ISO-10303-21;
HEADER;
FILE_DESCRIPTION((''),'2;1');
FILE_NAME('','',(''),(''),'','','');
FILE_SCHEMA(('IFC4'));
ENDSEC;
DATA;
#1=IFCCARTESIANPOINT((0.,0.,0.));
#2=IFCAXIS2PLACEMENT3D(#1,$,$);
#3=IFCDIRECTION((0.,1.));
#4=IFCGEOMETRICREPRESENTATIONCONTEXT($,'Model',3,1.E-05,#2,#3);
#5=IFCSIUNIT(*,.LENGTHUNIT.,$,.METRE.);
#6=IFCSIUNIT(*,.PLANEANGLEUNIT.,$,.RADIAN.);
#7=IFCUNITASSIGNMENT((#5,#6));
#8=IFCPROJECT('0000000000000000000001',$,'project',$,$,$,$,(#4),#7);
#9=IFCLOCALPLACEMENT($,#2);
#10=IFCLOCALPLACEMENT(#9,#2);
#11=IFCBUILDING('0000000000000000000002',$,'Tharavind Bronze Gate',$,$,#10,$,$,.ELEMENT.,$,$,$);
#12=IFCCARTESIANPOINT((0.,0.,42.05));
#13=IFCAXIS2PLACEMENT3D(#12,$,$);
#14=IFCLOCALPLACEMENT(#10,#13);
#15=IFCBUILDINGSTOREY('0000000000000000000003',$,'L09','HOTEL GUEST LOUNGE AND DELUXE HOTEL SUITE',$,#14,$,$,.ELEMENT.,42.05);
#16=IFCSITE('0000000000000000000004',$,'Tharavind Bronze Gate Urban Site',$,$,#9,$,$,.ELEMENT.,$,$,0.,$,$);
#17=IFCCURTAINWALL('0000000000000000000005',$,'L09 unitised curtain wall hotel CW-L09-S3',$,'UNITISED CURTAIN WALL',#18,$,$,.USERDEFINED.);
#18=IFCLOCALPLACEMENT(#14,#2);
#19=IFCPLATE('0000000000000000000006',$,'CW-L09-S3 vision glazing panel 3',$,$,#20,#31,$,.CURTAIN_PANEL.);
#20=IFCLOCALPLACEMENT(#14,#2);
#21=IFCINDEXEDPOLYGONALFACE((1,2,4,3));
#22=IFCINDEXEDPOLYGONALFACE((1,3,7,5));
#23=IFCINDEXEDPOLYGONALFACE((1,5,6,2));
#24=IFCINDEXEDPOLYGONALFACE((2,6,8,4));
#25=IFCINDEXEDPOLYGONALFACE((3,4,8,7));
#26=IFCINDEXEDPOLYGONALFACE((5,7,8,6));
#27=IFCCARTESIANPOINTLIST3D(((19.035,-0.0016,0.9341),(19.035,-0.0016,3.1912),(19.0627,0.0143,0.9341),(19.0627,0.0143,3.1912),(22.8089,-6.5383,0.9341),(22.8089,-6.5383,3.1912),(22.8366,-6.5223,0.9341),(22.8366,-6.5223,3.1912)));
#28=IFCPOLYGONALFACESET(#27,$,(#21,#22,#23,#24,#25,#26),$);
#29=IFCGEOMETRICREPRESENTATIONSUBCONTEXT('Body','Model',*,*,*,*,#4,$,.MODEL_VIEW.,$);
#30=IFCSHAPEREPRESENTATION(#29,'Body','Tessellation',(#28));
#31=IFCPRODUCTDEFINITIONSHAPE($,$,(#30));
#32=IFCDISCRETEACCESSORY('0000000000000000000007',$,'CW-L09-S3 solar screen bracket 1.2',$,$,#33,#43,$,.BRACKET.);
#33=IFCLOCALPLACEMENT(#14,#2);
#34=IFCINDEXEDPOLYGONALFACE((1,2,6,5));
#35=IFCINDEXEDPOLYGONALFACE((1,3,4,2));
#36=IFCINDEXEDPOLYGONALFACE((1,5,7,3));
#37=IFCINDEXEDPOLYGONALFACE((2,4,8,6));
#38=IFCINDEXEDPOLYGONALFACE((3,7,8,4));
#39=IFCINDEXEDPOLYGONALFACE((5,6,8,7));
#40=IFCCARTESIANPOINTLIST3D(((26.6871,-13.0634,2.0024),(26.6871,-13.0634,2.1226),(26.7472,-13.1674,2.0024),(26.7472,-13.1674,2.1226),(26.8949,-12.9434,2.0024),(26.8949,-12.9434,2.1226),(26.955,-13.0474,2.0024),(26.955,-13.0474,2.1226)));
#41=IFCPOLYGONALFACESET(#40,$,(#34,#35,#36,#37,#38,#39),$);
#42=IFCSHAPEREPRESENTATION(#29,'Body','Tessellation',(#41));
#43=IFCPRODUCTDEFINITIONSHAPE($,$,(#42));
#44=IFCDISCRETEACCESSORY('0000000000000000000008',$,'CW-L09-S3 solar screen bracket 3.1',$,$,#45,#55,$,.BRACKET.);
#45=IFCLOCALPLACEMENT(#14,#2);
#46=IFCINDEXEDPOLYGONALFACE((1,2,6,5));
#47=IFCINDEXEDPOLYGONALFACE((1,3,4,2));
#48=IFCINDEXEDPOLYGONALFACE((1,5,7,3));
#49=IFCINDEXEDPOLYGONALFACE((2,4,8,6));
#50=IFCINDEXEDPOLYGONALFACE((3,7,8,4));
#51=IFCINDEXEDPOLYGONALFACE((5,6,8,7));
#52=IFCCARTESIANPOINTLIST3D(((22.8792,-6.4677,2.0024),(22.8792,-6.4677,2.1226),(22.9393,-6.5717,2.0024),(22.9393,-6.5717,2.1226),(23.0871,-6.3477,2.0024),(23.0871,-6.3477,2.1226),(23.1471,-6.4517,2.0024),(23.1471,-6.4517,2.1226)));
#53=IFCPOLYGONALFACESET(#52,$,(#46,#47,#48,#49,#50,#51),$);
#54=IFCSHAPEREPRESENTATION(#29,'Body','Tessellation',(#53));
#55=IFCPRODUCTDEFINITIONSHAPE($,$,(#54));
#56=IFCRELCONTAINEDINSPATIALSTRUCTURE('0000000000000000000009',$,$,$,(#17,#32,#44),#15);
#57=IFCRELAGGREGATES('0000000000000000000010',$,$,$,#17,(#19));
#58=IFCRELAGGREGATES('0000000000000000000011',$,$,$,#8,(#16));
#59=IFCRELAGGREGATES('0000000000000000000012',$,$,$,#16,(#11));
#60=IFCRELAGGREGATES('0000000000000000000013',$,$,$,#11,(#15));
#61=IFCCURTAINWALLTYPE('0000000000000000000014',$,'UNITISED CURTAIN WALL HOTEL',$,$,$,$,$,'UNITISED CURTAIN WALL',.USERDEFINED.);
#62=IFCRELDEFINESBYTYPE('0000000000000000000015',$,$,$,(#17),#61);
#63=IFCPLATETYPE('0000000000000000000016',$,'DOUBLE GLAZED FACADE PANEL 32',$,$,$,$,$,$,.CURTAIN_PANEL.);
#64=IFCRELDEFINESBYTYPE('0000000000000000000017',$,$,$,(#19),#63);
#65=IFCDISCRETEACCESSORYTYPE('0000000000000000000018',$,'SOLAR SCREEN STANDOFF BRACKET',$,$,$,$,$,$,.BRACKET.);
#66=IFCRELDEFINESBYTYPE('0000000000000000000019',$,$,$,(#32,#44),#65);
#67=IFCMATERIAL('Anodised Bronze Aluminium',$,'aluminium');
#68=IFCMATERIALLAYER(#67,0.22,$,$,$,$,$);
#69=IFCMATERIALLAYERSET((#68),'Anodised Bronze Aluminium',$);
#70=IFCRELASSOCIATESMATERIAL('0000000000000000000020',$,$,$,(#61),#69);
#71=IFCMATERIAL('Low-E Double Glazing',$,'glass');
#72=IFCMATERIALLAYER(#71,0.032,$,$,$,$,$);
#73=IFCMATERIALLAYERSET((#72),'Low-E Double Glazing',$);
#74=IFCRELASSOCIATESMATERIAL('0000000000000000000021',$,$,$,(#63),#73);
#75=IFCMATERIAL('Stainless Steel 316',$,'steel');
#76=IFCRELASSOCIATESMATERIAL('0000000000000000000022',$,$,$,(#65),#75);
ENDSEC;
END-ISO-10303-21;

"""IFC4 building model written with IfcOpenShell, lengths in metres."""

from ifc_helpers import new_model, si_unit, direction, frame, origin, origin_2d, place, context, subcontext, project, spatial, rectangle, extrude, material, layer, layer_set, type_object, element, aggregate, save


model = new_model("IFC4")

# Units and contexts
model_context = context("Model", 3, precision=1e-05, world=origin(), true_north=direction((0.0, 1.0)))
body_context = subcontext(model_context, "Body", "Model", "MODEL_VIEW")
ifc_project = project(units=[si_unit("LENGTHUNIT", "METRE"), si_unit("PLANEANGLEUNIT", "RADIAN")], contexts=[model_context])

# Site, building, storey
site_placement = place(None, origin())
site = spatial("IfcSite", under=ifc_project, at=site_placement, Name="Tharavind Bronze Gate Urban Site", CompositionType="ELEMENT", RefElevation=0.0)
building_placement = place(site_placement, origin())
building = spatial("IfcBuilding", under=site, at=building_placement, Name="Tharavind Bronze Gate", CompositionType="ELEMENT")
storey_placement = place(building_placement, frame((0.0, 0.0, 42.05)))
storey = spatial("IfcBuildingStorey", under=building, at=storey_placement, Name="L09", Description="HOTEL GUEST LOUNGE AND DELUXE HOTEL SUITE", CompositionType="ELEMENT", Elevation=42.05)

# Curtain wall
ifc_material_1 = material(Name="Anodised Bronze Aluminium", Category="aluminium")
ifc_layer_1 = layer(ifc_material_1, 0.22)
ifc_layer_set_1 = layer_set([ifc_layer_1], Name="Anodised Bronze Aluminium")
curtain_wall_type = type_object("IfcCurtainWallType", Name="UNITISED CURTAIN WALL HOTEL", ElementType="UNITISED CURTAIN WALL", PredefinedType="USERDEFINED", material=ifc_layer_set_1)
curtain_wall_placement = place(storey_placement, origin())
curtain_wall = element("IfcCurtainWall", 1, at=curtain_wall_placement, inside=storey, type_object=curtain_wall_type, Name="L09 unitised curtain wall hotel CW-L09-S3", ObjectType="UNITISED CURTAIN WALL", PredefinedType="USERDEFINED")

# Plate
ifc_material_2 = material(Name="Low-E Double Glazing", Category="glass")
ifc_layer_2 = layer(ifc_material_2, 0.032)
ifc_layer_set_2 = layer_set([ifc_layer_2], Name="Low-E Double Glazing")
plate_type_1 = type_object("IfcPlateType", Name="DOUBLE GLAZED FACADE PANEL 32", PredefinedType="CURTAIN_PANEL", material=ifc_layer_set_2)
plate_1_placement = place(storey_placement, frame((20.9358, -3.262, 0.9341), z_axis=(0.0, 0.0, 1.0), x_axis=(-0.500002, 0.866025, 0.0)))
plate_1 = element("IfcPlate", 2, at=plate_1_placement, type_object=plate_type_1, Name="CW-L09-S3 vision glazing panel 3", PredefinedType="CURTAIN_PANEL", context=body_context, shape_type="SweptSolid", body=[
    extrude(rectangle(XDim=7.5479, YDim=0.032, at=origin_2d()), origin(), (0.0, 0.0, 1.0), 2.2571),
])
aggregate(curtain_wall, [plate_1])

# Discrete accessories
ifc_material_3 = material(Name="Stainless Steel 316", Category="steel")
discrete_accessory_type = type_object("IfcDiscreteAccessoryType", Name="SOLAR SCREEN STANDOFF BRACKET", PredefinedType="BRACKET", material=ifc_material_3)
for number, where, z_axis, x_axis, name in (
    (3, (26.821, -13.0554, 2.0024), (0.0, 0.0, 1.0), (-0.500002, 0.866025, 0.0), "CW-L09-S3 solar screen bracket 1.2"),
    (4, (23.0132, -6.4597, 2.0024), (0.0, 0.0, 1.0), (-0.500002, 0.866025, 0.0), "CW-L09-S3 solar screen bracket 3.1"),
):
    element("IfcDiscreteAccessory", number, at=place(storey_placement, frame(where, z_axis=z_axis, x_axis=x_axis)), inside=storey, type_object=discrete_accessory_type, Name=name, PredefinedType="BRACKET", context=body_context, shape_type="SweptSolid", body=[
        extrude(rectangle(XDim=0.1201, YDim=0.24, at=origin_2d()), origin(), (0.0, 0.0, 1.0), 0.1201),
    ])

save(model, "model.ifc")
